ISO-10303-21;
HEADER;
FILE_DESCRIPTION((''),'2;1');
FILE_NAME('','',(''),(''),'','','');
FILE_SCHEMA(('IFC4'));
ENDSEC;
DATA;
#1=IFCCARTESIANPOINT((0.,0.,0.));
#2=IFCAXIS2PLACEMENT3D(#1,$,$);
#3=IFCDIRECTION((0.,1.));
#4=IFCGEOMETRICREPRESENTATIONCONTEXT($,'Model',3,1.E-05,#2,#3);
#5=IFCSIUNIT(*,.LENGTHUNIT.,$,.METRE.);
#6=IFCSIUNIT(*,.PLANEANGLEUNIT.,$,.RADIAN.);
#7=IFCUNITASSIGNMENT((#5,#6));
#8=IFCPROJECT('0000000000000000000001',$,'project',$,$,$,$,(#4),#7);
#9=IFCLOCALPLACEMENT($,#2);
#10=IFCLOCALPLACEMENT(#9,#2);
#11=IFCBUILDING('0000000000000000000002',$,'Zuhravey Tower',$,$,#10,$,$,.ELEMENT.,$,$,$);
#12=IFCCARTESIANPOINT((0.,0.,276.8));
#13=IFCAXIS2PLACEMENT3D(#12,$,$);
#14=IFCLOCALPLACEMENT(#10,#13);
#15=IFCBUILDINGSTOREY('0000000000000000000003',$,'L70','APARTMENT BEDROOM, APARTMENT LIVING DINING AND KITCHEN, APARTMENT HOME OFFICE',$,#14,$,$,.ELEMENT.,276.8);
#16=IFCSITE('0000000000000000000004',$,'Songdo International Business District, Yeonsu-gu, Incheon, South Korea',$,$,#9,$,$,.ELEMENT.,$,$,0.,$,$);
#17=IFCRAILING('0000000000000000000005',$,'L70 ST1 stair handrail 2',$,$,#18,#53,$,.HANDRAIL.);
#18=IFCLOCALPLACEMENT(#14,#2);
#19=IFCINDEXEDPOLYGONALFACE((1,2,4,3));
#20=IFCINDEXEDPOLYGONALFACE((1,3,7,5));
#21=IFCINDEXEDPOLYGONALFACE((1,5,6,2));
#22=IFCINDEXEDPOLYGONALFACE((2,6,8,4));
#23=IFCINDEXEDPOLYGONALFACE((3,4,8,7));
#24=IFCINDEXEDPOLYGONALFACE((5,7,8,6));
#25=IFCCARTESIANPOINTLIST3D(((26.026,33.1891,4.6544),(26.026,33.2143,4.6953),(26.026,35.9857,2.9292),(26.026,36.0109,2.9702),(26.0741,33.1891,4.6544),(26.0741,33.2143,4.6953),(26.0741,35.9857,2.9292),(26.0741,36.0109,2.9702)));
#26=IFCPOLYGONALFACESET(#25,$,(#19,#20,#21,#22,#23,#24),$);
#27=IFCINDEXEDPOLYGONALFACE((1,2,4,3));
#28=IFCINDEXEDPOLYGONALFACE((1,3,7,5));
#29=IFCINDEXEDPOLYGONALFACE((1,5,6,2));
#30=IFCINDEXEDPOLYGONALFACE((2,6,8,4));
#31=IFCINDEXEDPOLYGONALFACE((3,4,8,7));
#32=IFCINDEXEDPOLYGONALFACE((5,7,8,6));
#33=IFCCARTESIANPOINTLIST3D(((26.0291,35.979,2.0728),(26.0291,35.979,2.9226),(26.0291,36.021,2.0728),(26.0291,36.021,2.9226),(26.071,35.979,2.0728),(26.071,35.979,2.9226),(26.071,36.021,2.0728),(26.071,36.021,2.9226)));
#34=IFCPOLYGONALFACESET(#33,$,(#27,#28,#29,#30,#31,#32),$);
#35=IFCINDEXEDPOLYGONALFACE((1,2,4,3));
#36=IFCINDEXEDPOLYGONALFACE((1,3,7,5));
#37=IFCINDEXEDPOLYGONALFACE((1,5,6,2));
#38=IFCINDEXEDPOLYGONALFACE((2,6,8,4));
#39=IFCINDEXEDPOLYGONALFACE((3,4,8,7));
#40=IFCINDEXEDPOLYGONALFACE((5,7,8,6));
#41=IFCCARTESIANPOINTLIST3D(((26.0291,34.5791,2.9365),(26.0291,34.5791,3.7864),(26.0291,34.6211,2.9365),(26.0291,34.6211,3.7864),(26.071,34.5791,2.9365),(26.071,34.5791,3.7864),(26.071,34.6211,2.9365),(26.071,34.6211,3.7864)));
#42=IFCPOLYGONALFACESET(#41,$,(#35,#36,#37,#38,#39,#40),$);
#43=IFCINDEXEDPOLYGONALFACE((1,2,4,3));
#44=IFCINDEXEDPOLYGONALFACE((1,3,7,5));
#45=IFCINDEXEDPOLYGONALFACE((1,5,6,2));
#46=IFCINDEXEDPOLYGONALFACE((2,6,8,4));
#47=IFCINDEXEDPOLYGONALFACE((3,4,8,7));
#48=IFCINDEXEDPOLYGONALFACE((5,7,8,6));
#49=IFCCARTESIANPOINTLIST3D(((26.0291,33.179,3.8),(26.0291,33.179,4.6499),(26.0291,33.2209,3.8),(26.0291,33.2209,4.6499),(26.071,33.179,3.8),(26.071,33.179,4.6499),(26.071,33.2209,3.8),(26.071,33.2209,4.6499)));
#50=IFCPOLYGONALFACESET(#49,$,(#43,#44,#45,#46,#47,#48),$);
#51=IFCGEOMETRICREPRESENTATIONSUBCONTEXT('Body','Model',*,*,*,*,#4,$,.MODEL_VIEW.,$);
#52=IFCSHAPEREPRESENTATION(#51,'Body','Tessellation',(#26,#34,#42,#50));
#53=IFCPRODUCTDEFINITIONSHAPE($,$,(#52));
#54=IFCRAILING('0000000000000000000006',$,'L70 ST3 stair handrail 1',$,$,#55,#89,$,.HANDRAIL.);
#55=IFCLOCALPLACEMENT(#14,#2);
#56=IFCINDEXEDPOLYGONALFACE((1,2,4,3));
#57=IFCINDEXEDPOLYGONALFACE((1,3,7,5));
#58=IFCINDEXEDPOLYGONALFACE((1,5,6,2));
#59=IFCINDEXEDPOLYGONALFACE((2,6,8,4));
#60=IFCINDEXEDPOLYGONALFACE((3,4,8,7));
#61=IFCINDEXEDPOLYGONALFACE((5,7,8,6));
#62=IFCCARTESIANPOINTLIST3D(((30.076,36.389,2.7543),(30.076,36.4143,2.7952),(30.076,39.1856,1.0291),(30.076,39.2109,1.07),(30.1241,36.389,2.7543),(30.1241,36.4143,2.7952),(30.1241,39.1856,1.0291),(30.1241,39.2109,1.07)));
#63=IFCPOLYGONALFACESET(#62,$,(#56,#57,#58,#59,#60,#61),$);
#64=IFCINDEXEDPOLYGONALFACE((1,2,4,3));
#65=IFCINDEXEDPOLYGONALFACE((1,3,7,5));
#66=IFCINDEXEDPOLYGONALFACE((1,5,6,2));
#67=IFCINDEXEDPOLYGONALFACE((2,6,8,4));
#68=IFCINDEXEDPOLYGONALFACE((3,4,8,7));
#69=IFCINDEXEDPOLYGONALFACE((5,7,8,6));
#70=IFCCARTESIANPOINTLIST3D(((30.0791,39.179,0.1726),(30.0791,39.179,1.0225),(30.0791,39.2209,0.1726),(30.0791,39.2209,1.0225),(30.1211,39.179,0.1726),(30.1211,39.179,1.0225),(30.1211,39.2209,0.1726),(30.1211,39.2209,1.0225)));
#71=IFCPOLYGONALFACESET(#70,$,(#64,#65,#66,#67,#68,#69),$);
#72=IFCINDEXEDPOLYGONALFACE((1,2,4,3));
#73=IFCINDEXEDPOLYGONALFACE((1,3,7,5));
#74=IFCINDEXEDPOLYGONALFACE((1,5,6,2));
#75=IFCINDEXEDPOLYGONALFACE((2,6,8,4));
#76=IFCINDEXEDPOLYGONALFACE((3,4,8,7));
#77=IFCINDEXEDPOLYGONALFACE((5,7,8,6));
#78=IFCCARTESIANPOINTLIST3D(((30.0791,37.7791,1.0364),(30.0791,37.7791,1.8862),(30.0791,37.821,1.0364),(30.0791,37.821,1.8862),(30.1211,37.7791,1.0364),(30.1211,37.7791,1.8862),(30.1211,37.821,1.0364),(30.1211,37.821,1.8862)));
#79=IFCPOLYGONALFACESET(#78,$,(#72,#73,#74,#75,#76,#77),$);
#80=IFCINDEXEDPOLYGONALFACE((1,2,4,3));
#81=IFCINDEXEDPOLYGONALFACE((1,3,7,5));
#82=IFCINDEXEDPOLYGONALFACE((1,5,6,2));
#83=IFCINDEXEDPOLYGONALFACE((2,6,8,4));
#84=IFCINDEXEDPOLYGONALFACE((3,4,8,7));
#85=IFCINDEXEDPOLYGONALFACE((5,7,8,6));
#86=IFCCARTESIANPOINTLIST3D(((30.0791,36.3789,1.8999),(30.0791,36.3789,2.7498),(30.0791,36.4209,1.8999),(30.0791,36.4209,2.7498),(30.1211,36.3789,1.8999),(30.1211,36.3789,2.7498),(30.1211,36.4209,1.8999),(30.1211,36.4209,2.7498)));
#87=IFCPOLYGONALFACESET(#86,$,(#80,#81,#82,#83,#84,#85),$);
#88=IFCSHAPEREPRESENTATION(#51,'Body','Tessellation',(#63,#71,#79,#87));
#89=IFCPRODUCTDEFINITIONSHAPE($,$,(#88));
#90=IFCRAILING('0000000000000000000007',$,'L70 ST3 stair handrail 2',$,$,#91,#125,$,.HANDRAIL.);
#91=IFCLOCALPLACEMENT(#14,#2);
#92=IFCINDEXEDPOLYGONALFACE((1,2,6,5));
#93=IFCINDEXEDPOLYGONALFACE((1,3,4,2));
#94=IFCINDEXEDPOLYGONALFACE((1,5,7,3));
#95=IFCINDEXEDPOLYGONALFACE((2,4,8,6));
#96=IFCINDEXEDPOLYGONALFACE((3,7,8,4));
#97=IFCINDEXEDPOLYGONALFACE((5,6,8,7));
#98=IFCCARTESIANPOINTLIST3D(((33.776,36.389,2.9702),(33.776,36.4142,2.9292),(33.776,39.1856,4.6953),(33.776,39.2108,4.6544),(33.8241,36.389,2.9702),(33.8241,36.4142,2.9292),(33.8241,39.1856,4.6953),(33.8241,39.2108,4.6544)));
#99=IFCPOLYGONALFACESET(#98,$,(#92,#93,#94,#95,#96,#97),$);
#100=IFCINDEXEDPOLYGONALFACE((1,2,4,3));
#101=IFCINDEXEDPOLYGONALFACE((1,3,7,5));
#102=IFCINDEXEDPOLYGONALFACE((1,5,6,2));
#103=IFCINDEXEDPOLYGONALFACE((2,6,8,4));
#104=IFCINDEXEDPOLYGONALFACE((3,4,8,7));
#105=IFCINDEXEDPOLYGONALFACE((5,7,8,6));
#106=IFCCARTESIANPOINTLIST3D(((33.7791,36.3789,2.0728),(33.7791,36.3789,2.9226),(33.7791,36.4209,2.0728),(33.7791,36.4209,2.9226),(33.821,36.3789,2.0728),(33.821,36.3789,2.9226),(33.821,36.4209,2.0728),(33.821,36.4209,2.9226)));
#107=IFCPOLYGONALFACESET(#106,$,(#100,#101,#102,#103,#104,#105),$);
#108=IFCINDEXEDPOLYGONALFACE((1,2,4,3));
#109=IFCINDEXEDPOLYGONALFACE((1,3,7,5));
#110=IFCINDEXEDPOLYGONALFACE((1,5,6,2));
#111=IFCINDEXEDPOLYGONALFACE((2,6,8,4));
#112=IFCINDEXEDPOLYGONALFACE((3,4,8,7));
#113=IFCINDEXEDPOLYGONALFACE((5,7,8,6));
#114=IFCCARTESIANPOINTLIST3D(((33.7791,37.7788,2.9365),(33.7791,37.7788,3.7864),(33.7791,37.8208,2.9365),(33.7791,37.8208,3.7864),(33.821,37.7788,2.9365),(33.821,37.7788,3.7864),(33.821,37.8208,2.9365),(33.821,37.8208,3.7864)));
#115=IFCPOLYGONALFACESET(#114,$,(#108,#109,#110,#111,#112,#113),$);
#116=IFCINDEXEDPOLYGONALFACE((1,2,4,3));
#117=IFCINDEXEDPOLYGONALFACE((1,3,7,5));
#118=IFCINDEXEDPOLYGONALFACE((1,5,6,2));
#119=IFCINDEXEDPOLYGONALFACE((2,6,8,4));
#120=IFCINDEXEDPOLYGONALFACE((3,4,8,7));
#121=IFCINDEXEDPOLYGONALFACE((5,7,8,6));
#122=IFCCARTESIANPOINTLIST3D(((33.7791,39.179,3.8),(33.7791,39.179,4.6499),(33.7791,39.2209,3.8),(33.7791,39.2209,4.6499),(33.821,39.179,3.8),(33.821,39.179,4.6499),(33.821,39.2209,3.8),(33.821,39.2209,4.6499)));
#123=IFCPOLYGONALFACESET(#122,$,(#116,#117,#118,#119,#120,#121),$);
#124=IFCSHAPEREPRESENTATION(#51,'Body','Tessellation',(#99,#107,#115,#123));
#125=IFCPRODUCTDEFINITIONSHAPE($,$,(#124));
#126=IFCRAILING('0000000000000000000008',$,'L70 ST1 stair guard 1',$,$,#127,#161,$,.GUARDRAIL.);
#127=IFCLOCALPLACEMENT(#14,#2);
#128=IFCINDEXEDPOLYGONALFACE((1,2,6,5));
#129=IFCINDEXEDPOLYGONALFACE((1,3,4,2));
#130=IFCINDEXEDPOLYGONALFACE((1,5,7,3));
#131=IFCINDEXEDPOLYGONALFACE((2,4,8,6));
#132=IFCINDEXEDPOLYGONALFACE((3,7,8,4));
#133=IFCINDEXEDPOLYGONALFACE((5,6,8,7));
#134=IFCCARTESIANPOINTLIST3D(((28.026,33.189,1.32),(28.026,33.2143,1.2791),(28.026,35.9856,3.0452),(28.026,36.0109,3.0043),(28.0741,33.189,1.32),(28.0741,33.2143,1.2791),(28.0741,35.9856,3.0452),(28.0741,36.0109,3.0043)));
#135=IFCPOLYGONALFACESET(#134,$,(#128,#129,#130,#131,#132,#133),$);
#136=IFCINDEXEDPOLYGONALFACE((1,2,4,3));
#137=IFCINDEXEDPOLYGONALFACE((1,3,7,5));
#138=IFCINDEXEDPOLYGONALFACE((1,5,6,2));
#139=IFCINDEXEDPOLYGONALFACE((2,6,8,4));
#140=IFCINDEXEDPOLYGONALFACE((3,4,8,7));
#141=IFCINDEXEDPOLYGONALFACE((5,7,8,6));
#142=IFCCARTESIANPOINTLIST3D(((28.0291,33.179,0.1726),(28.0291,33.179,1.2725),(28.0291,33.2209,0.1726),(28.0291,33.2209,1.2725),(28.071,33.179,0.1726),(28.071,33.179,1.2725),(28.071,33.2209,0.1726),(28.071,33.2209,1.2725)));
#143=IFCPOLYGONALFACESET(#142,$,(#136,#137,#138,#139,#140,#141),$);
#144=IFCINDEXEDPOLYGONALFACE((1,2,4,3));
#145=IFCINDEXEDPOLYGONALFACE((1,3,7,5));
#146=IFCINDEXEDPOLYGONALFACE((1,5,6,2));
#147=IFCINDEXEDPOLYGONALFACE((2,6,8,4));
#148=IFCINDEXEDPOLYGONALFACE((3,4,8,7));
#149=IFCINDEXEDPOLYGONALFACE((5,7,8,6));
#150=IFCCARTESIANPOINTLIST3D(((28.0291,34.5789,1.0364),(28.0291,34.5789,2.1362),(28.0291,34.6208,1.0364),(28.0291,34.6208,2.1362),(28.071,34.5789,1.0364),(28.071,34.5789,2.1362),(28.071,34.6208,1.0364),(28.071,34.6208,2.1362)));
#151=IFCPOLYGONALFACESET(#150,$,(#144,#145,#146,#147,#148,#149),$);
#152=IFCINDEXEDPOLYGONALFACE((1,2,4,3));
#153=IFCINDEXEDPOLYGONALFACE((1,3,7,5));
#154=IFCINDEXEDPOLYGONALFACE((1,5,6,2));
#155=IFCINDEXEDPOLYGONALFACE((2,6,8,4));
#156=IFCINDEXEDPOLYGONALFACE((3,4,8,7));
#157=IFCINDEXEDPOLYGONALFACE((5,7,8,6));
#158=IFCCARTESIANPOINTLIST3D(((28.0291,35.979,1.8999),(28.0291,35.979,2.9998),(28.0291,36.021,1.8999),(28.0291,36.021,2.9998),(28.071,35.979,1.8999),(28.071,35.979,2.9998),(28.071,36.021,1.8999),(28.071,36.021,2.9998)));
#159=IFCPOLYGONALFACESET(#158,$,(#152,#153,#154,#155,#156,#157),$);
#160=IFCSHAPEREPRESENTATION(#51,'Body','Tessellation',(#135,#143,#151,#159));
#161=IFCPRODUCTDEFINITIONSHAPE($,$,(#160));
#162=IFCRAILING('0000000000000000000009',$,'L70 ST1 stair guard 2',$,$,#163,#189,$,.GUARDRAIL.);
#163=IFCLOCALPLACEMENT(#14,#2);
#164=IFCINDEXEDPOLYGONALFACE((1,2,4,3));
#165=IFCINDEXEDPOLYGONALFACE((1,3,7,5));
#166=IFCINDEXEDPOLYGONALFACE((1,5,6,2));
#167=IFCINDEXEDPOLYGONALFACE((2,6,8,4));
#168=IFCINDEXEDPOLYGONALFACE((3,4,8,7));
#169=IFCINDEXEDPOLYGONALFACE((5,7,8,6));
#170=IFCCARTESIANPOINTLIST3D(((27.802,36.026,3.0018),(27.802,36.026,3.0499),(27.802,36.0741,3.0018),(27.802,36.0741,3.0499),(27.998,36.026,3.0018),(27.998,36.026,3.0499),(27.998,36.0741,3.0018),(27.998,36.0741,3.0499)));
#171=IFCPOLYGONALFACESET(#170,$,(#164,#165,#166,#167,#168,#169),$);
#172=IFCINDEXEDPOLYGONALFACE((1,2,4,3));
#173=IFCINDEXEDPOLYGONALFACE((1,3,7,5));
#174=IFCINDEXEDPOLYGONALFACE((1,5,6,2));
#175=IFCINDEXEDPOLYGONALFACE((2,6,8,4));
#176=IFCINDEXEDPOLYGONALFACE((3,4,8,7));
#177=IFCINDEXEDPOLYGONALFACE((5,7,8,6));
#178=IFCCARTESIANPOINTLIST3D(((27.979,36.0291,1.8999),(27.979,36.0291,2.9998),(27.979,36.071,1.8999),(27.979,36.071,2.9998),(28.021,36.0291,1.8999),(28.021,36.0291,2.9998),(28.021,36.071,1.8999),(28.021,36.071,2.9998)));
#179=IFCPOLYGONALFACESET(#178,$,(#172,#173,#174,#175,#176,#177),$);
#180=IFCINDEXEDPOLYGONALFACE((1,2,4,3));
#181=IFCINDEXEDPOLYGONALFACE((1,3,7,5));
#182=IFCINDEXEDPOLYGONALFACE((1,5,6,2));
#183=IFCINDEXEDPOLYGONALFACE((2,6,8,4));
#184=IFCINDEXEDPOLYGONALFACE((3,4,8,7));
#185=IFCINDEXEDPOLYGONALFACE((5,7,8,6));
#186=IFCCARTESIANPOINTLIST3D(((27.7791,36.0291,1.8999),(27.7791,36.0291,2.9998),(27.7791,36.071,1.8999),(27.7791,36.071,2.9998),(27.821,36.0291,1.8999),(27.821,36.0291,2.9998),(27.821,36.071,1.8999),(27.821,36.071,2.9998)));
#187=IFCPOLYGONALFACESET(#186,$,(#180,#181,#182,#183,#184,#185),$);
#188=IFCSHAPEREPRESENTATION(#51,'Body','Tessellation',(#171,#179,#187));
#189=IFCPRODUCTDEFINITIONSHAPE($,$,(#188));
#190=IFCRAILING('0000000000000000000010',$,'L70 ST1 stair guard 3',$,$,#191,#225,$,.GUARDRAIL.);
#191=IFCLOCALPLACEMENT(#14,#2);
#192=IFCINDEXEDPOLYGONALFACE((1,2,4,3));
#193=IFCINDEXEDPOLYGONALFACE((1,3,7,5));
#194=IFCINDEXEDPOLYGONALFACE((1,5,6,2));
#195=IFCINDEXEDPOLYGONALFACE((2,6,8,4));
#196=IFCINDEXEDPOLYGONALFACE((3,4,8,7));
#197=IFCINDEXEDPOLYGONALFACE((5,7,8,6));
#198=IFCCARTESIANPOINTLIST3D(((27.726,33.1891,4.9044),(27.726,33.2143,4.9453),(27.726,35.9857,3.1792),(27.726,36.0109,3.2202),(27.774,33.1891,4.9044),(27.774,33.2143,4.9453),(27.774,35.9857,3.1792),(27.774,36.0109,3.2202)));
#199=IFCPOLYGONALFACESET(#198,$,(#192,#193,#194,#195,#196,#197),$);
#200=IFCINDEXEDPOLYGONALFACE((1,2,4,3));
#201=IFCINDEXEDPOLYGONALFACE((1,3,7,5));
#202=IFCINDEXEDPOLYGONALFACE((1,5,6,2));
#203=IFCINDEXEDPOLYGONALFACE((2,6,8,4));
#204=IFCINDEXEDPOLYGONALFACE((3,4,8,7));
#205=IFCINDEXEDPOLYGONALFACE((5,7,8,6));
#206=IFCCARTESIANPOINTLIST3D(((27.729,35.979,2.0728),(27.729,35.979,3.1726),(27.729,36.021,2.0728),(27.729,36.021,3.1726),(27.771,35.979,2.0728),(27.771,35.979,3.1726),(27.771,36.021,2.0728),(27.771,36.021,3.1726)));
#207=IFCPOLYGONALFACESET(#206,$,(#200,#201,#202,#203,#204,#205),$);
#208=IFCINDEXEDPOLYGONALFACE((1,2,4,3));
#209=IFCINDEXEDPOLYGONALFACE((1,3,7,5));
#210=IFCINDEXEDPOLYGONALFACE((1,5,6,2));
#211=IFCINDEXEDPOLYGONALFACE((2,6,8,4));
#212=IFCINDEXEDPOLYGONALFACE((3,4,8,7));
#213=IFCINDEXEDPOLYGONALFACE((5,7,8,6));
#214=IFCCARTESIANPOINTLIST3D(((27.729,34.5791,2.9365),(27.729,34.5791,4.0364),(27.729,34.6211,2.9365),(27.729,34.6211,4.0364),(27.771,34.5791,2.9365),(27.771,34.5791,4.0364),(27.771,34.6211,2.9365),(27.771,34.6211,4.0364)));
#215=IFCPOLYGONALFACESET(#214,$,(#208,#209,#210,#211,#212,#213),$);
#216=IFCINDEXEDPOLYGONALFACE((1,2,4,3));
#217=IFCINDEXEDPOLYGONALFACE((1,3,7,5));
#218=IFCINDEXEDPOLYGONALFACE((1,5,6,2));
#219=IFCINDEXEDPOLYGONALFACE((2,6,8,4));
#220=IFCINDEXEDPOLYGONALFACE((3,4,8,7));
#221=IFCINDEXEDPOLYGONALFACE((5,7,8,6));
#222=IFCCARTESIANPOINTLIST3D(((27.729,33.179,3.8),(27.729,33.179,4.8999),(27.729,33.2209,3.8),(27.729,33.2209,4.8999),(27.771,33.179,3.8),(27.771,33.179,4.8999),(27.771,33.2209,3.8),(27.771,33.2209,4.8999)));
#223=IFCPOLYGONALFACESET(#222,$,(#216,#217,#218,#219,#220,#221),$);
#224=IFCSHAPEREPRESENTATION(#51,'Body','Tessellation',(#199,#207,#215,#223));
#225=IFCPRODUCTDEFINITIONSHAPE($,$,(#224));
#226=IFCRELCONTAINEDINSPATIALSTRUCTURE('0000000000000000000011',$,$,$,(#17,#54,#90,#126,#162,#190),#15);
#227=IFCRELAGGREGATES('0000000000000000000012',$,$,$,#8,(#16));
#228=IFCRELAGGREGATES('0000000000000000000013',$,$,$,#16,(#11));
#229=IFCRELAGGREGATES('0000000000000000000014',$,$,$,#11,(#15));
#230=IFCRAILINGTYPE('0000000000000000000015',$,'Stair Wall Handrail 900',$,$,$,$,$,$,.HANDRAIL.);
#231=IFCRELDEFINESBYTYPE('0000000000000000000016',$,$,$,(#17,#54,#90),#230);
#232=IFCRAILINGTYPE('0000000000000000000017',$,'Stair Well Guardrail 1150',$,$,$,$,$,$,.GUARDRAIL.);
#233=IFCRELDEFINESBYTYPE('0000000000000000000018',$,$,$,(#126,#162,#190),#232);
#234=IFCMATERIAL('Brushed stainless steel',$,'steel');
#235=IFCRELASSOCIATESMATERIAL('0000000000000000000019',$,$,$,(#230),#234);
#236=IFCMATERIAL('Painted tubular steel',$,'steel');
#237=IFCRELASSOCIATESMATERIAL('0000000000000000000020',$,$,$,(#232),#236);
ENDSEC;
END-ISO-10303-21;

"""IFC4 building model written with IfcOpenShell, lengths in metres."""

from ifc_helpers import new_model, si_unit, direction, frame, origin, origin_2d, place, context, subcontext, project, spatial, rectangle, extrude, material, type_object, element, save


model = new_model("IFC4")

# Units and contexts
model_context = context("Model", 3, precision=1e-05, world=origin(), true_north=direction((0.0, 1.0)))
body_context = subcontext(model_context, "Body", "Model", "MODEL_VIEW")
ifc_project = project(units=[si_unit("LENGTHUNIT", "METRE"), si_unit("PLANEANGLEUNIT", "RADIAN")], contexts=[model_context])

# Site, building, storey
site_placement = place(None, origin())
site = spatial("IfcSite", under=ifc_project, at=site_placement, Name="Songdo International Business District, Yeonsu-gu, Incheon, South Korea", CompositionType="ELEMENT", RefElevation=0.0)
building_placement = place(site_placement, origin())
building = spatial("IfcBuilding", under=site, at=building_placement, Name="Zuhravey Tower", CompositionType="ELEMENT")
storey_placement = place(building_placement, frame((0.0, 0.0, 276.8)))
storey = spatial("IfcBuildingStorey", under=building, at=storey_placement, Name="L70", Description="APARTMENT BEDROOM, APARTMENT LIVING DINING AND KITCHEN, APARTMENT HOME OFFICE", CompositionType="ELEMENT", Elevation=276.8)

# Railings
ifc_material_1 = material(Name="Brushed stainless steel", Category="steel")
railing_type_1 = type_object("IfcRailingType", Name="Stair Wall Handrail 900", PredefinedType="HANDRAIL", material=ifc_material_1)
for number, where, name in (
    (1, (26.05, 36.0, 2.0728), "L70 ST1 stair handrail 2"),
    (2, (30.1001, 39.2, 0.1726), "L70 ST3 stair handrail 1"),
):
    element("IfcRailing", number, at=place(storey_placement, frame(where)), inside=storey, type_object=railing_type_1, Name=name, PredefinedType="HANDRAIL", context=body_context, shape_type="SweptSolid", body=[
        extrude(rectangle(XDim=0.0481, YDim=0.0481, at=origin_2d()), frame((0.0, -0.0017, 0.877), z_axis=(0.0, -0.85109, 0.52502), x_axis=(1.0, 0.0, 0.0)), (0.0, 0.0, 1.0), 3.2859),
        extrude(rectangle(XDim=0.042, YDim=0.042, at=origin_2d()), origin(), (0.0, 0.0, 1.0), 0.8499),
        extrude(rectangle(XDim=0.042, YDim=0.042, at=origin_2d()), frame((0.0, -1.3999, 0.8638)), (0.0, 0.0, 1.0), 0.8499),
        extrude(rectangle(XDim=0.042, YDim=0.042, at=origin_2d()), frame((0.0, -2.8, 1.7273)), (0.0, 0.0, 1.0), 0.8499),
    ])
railing_1_placement = place(storey_placement, frame((33.8, 36.3999, 2.0728)))
element("IfcRailing", 3, at=railing_1_placement, inside=storey, type_object=railing_type_1, Name="L70 ST3 stair handrail 2", PredefinedType="HANDRAIL", context=body_context, shape_type="SweptSolid", body=[
    extrude(rectangle(XDim=0.0481, YDim=0.0481, at=origin_2d()), frame((0.0, 0.0017, 0.877), z_axis=(0.0, 0.85109, 0.52502), x_axis=(-1.0, 0.0, 0.0)), (0.0, 0.0, 1.0), 3.2859),
    extrude(rectangle(XDim=0.042, YDim=0.042, at=origin_2d()), origin(), (0.0, 0.0, 1.0), 0.8499),
    extrude(rectangle(XDim=0.042, YDim=0.042, at=origin_2d()), frame((0.0, 1.3999, 0.8638)), (0.0, 0.0, 1.0), 0.8499),
    extrude(rectangle(XDim=0.042, YDim=0.042, at=origin_2d()), frame((0.0, 2.8, 1.7273)), (0.0, 0.0, 1.0), 0.8499),
])
ifc_material_2 = material(Name="Painted tubular steel", Category="steel")
railing_type_2 = type_object("IfcRailingType", Name="Stair Well Guardrail 1150", PredefinedType="GUARDRAIL", material=ifc_material_2)
railing_2_placement = place(storey_placement, frame((28.05, 33.2, 0.1726)))
element("IfcRailing", 4, at=railing_2_placement, inside=storey, type_object=railing_type_2, Name="L70 ST1 stair guard 1", PredefinedType="GUARDRAIL", context=body_context, shape_type="SweptSolid", body=[
    extrude(rectangle(XDim=0.0481, YDim=0.0481, at=origin_2d()), frame((0.0, 0.0017, 1.127), z_axis=(0.0, 0.85109, 0.52502), x_axis=(-1.0, 0.0, 0.0)), (0.0, 0.0, 1.0), 3.2859),
    extrude(rectangle(XDim=0.042, YDim=0.042, at=origin_2d()), origin(), (0.0, 0.0, 1.0), 1.0999),
    extrude(rectangle(XDim=0.042, YDim=0.042, at=origin_2d()), frame((0.0, 1.3999, 0.8638)), (0.0, 0.0, 1.0), 1.0999),
    extrude(rectangle(XDim=0.042, YDim=0.042, at=origin_2d()), frame((0.0, 2.8, 1.7273)), (0.0, 0.0, 1.0), 1.0999),
])
railing_3_placement = place(storey_placement, frame((28.0, 36.05, 1.8999)))
element("IfcRailing", 5, at=railing_3_placement, inside=storey, type_object=railing_type_2, Name="L70 ST1 stair guard 2", PredefinedType="GUARDRAIL", context=body_context, shape_type="SweptSolid", body=[
    extrude(rectangle(XDim=0.0481, YDim=0.0481, at=origin_2d()), frame((-0.002, 0.0, 1.126), z_axis=(-1.0, 0.0, 0.0), x_axis=(0.0, -1.0, 0.0)), (0.0, 0.0, 1.0), 0.196),
    extrude(rectangle(XDim=0.042, YDim=0.042, at=origin_2d()), origin(), (0.0, 0.0, 1.0), 1.0999),
    extrude(rectangle(XDim=0.042, YDim=0.042, at=origin_2d()), frame((-0.2, 0.0, 0.0)), (0.0, 0.0, 1.0), 1.0999),
])
railing_4_placement = place(storey_placement, frame((27.75, 36.0, 2.0728)))
element("IfcRailing", 6, at=railing_4_placement, inside=storey, type_object=railing_type_2, Name="L70 ST1 stair guard 3", PredefinedType="GUARDRAIL", context=body_context, shape_type="SweptSolid", body=[
    extrude(rectangle(XDim=0.0481, YDim=0.0481, at=origin_2d()), frame((0.0, -0.0017, 1.127), z_axis=(0.0, -0.85109, 0.52502), x_axis=(1.0, 0.0, 0.0)), (0.0, 0.0, 1.0), 3.2859),
    extrude(rectangle(XDim=0.042, YDim=0.042, at=origin_2d()), origin(), (0.0, 0.0, 1.0), 1.0999),
    extrude(rectangle(XDim=0.042, YDim=0.042, at=origin_2d()), frame((0.0, -1.3999, 0.8638)), (0.0, 0.0, 1.0), 1.0999),
    extrude(rectangle(XDim=0.042, YDim=0.042, at=origin_2d()), frame((0.0, -2.8, 1.7273)), (0.0, 0.0, 1.0), 1.0999),
])

save(model, "model.ifc")
